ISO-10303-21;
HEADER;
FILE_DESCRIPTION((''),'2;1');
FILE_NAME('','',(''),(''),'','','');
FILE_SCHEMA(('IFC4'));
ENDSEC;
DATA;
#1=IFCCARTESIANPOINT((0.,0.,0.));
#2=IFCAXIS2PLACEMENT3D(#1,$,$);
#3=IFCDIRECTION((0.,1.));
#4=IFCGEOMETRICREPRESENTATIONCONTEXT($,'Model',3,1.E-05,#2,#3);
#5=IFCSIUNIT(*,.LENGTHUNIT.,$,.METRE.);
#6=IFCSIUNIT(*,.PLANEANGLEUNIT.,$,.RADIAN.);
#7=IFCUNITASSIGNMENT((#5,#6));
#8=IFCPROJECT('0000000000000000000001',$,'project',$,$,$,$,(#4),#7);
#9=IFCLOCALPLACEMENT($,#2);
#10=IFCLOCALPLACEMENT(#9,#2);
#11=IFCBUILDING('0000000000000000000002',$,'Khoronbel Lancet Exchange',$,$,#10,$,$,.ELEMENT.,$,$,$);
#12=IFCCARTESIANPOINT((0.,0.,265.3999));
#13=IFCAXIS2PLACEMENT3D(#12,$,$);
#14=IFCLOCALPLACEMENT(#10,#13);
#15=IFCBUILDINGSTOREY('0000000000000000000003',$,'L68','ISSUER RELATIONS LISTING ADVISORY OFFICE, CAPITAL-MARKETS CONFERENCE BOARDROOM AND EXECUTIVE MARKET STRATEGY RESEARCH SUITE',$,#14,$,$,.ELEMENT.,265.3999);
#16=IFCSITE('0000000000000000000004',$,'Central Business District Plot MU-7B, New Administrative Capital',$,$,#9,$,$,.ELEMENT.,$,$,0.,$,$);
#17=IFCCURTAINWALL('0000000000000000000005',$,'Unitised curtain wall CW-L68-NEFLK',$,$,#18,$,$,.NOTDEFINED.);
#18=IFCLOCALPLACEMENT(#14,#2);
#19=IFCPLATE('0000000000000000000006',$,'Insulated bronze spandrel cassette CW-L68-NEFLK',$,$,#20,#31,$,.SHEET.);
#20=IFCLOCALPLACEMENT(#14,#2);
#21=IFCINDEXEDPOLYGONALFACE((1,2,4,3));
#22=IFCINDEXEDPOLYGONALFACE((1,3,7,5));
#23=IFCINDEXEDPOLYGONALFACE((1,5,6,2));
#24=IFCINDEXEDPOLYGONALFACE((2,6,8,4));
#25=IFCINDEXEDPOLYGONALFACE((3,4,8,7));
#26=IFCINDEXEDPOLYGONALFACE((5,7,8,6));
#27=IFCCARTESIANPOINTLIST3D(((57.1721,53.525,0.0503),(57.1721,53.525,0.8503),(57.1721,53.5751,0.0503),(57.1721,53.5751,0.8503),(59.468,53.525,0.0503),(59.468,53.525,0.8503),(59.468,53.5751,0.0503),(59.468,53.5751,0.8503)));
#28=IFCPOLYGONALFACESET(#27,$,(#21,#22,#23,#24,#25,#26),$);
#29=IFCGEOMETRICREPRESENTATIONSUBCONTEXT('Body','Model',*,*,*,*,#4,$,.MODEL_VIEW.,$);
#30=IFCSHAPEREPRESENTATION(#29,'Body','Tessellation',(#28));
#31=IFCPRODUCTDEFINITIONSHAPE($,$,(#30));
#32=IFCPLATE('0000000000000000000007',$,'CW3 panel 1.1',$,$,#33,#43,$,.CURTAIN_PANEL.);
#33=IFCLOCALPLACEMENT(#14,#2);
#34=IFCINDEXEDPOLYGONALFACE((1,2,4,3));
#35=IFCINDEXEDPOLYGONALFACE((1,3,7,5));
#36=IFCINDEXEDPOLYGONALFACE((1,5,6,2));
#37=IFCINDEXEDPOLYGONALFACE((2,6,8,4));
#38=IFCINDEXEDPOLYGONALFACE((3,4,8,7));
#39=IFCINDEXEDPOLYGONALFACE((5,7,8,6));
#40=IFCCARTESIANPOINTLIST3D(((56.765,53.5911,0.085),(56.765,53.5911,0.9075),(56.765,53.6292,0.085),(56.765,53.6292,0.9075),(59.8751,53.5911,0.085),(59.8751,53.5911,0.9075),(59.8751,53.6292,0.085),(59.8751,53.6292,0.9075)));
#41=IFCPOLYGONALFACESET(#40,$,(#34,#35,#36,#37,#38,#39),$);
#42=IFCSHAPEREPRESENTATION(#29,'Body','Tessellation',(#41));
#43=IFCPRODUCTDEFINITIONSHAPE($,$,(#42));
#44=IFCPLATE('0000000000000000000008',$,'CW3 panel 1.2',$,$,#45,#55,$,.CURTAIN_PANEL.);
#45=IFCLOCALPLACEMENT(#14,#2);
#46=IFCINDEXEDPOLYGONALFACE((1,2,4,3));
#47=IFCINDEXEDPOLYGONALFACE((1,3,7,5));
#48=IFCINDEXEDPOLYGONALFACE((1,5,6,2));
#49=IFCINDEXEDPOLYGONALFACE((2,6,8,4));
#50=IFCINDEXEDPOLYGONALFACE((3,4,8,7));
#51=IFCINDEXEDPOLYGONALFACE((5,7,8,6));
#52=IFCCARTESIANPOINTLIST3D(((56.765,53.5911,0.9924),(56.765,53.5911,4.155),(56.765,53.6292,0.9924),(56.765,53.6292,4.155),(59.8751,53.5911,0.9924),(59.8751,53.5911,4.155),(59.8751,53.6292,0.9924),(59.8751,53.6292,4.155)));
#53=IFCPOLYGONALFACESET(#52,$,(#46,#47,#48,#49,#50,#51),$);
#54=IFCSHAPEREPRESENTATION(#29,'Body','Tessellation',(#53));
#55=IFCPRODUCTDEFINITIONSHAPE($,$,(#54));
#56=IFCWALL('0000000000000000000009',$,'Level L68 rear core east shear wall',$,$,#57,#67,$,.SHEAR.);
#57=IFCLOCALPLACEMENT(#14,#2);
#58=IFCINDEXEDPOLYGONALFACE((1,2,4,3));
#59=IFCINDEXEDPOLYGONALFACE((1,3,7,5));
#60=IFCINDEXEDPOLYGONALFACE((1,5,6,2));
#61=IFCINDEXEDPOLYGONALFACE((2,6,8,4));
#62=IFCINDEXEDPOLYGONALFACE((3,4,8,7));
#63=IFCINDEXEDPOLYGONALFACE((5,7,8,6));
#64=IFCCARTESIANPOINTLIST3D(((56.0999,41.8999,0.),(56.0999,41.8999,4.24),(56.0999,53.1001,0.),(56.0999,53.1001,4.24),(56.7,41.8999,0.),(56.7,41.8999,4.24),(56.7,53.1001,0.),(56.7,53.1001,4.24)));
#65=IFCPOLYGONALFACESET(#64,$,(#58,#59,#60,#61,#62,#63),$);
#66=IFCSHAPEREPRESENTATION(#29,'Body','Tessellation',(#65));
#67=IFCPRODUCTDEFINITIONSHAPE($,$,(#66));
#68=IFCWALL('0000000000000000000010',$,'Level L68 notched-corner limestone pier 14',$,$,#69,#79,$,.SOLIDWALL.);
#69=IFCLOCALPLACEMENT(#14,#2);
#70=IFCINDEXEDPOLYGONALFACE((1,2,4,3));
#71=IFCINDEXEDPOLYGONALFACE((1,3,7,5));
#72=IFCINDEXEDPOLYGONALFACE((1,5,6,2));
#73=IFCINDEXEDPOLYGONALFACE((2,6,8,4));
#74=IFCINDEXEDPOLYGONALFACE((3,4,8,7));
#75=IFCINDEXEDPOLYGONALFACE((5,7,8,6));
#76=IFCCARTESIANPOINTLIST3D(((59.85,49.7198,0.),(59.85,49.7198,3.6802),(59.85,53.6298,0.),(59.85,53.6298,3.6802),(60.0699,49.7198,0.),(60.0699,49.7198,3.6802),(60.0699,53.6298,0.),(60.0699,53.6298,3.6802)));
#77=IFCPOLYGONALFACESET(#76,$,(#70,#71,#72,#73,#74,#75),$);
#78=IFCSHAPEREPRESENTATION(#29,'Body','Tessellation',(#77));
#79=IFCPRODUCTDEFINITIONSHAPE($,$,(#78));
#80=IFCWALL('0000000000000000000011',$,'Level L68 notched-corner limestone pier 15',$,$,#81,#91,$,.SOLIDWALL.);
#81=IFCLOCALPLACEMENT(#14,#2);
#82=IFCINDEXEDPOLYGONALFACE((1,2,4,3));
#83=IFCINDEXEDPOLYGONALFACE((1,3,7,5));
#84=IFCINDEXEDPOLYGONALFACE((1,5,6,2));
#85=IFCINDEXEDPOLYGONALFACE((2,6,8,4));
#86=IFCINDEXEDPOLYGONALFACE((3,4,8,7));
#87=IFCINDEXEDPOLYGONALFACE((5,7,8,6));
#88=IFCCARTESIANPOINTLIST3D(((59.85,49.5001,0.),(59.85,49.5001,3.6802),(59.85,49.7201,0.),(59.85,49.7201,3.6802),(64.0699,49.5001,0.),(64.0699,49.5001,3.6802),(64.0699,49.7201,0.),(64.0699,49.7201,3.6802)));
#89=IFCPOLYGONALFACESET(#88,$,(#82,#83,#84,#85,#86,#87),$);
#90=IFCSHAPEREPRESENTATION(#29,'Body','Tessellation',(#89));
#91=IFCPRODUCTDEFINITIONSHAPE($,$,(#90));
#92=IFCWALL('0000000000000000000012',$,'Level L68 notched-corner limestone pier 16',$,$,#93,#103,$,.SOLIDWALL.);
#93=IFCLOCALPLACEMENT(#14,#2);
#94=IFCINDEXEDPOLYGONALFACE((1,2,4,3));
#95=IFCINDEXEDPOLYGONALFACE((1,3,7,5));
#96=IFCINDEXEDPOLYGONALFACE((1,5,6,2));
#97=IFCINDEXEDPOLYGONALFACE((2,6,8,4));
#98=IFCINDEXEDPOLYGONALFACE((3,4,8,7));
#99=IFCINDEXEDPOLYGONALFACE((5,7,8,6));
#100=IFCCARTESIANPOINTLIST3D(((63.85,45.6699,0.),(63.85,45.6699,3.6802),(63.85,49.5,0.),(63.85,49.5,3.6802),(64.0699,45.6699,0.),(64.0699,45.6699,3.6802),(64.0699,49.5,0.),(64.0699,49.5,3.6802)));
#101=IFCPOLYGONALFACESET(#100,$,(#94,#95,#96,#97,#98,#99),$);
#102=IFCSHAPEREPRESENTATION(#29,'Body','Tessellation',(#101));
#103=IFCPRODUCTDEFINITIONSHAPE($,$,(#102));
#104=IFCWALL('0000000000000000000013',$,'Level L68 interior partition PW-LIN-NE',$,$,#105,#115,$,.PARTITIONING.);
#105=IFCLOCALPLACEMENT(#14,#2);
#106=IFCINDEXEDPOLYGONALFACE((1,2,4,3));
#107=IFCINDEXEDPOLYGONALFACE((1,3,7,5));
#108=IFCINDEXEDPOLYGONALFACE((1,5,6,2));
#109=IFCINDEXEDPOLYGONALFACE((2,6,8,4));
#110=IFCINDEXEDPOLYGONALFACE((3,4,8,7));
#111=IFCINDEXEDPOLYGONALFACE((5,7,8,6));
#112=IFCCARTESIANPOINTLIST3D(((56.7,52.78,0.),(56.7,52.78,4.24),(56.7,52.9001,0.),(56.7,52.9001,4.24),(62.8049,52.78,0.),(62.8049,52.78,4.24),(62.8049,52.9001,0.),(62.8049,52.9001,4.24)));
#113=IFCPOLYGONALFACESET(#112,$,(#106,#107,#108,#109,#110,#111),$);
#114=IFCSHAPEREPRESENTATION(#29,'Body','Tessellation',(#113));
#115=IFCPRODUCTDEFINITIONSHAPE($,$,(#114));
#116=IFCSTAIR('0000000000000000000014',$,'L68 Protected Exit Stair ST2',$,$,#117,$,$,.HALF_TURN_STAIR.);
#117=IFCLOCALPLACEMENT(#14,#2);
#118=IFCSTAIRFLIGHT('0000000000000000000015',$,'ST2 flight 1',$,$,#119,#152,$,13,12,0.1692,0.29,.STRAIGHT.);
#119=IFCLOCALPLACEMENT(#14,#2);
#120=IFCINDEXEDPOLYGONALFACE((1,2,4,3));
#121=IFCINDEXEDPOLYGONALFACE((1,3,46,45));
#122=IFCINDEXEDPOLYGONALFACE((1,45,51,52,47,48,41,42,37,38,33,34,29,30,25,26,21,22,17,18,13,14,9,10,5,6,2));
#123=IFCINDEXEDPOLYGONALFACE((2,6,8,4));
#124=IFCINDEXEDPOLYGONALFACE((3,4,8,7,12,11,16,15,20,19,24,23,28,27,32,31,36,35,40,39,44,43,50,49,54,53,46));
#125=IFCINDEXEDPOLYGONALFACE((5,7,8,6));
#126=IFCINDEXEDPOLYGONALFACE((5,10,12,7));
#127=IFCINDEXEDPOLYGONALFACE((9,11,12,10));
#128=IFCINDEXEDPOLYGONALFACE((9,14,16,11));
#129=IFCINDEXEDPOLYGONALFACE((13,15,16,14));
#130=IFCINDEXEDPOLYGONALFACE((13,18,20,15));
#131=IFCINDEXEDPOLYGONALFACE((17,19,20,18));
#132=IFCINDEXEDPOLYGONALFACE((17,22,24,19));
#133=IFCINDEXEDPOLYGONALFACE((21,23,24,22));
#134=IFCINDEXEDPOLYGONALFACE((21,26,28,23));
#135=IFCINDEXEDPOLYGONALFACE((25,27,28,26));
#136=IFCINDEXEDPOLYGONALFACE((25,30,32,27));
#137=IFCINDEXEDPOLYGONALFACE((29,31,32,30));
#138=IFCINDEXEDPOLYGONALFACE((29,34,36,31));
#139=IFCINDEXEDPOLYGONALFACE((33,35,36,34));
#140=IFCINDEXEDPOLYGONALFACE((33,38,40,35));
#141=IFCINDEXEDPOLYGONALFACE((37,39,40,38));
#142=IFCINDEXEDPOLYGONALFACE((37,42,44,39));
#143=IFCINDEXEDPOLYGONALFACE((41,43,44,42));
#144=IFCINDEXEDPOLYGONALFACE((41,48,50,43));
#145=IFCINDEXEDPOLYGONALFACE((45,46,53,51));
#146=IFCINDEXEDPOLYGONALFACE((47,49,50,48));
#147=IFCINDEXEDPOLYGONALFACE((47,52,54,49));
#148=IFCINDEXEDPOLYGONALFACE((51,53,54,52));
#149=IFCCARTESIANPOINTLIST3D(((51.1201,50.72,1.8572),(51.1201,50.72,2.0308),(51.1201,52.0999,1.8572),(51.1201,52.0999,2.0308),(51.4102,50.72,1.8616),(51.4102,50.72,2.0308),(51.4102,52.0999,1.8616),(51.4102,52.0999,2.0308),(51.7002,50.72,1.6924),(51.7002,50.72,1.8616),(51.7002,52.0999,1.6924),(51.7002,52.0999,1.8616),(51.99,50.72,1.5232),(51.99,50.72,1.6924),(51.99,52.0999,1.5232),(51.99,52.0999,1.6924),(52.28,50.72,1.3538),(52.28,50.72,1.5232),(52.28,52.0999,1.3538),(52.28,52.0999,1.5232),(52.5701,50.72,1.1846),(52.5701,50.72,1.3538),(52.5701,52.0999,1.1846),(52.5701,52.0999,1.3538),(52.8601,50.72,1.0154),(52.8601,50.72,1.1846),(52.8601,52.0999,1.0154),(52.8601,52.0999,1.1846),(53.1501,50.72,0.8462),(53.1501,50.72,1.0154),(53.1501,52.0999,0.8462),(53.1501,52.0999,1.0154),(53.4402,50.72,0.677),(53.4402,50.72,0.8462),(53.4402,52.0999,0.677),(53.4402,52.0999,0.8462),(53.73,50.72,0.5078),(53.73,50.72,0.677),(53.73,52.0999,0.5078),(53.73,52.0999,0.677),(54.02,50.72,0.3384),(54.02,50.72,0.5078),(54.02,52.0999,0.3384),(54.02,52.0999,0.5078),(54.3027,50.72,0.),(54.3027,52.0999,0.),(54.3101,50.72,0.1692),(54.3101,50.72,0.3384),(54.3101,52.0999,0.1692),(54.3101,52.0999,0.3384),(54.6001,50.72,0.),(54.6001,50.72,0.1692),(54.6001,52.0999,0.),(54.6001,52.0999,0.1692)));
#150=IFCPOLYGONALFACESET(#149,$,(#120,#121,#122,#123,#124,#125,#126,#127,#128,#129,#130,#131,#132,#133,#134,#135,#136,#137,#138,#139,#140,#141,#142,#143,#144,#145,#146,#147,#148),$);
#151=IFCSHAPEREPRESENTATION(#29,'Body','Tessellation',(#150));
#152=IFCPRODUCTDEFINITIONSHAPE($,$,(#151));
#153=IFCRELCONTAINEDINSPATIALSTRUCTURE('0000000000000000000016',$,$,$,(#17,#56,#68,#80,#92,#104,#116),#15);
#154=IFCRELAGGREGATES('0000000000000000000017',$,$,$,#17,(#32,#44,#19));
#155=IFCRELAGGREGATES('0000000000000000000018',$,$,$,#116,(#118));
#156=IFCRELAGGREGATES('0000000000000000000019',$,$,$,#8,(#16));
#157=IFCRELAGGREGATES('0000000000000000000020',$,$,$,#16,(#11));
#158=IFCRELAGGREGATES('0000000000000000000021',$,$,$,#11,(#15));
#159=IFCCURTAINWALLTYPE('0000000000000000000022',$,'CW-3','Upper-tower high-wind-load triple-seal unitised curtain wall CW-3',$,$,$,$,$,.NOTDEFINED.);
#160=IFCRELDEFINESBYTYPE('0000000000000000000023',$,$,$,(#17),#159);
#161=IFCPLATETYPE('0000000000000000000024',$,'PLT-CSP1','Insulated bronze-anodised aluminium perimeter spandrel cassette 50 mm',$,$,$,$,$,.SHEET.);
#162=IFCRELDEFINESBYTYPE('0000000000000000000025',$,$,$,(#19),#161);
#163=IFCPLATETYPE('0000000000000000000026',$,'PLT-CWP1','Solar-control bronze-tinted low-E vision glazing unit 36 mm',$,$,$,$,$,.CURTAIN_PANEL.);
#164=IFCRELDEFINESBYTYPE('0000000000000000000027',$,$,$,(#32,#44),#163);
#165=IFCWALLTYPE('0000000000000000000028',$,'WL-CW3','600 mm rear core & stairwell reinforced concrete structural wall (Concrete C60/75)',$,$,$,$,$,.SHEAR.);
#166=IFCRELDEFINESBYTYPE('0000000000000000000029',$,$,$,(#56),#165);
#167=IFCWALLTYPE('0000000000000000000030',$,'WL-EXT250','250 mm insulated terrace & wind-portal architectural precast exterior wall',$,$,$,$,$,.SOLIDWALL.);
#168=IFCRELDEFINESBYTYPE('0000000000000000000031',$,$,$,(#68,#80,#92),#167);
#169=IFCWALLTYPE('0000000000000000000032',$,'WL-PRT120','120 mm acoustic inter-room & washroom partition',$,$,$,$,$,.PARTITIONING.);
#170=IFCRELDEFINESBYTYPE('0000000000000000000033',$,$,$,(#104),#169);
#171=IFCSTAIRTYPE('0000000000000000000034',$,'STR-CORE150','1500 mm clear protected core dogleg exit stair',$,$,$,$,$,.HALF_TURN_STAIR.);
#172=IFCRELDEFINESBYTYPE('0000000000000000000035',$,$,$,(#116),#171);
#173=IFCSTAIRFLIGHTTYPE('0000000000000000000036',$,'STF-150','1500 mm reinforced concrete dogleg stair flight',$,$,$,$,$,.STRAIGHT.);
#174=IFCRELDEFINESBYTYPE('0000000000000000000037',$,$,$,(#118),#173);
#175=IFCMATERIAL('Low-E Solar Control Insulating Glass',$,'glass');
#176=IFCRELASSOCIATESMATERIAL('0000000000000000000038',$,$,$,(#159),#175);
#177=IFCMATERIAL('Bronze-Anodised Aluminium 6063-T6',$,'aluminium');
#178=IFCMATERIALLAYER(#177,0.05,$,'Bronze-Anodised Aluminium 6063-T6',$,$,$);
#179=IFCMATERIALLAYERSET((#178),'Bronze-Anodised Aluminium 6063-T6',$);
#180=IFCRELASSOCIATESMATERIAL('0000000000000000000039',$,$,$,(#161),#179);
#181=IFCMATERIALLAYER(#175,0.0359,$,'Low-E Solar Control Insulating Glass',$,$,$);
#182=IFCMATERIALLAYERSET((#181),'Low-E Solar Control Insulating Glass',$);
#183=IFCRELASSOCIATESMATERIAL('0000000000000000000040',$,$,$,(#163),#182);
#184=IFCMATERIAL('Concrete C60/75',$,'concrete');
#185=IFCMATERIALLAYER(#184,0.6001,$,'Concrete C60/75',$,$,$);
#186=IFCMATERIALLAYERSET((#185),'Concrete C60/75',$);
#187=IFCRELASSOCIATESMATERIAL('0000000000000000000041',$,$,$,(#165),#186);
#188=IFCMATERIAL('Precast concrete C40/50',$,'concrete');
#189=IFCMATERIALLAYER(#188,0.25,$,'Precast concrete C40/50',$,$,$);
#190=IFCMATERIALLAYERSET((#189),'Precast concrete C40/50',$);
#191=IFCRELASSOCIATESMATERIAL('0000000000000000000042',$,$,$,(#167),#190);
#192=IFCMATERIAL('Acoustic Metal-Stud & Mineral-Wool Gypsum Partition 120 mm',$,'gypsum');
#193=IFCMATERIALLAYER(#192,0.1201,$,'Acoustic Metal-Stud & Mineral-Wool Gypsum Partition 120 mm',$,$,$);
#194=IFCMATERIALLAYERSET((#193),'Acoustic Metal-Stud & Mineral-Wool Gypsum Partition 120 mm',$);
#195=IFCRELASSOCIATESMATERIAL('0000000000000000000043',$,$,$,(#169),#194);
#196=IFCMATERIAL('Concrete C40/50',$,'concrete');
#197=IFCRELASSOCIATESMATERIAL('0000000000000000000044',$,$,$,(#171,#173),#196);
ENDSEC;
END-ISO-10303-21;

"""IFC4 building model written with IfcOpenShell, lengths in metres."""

from ifc_helpers import new_model, si_unit, direction, frame, frame_2d, origin, origin_2d, place, context, subcontext, project, spatial, polyline, rectangle, outline, extrude, material, layer, layer_set, type_object, element, aggregate, save


model = new_model("IFC4")

# Units and contexts
model_context = context("Model", 3, precision=1e-05, world=origin(), true_north=direction((0.0, 1.0)))
body_context = subcontext(model_context, "Body", "Model", "MODEL_VIEW")
ifc_project = project(units=[si_unit("LENGTHUNIT", "METRE"), si_unit("PLANEANGLEUNIT", "RADIAN")], contexts=[model_context])

# Site, building, storey
site_placement = place(None, origin())
site = spatial("IfcSite", under=ifc_project, at=site_placement, Name="Central Business District Plot MU-7B, New Administrative Capital", CompositionType="ELEMENT", RefElevation=0.0)
building_placement = place(site_placement, origin())
building = spatial("IfcBuilding", under=site, at=building_placement, Name="Khoronbel Lancet Exchange", CompositionType="ELEMENT")
storey_placement = place(building_placement, frame((0.0, 0.0, 265.3999)))
storey = spatial("IfcBuildingStorey", under=building, at=storey_placement, Name="L68", Description="ISSUER RELATIONS LISTING ADVISORY OFFICE, CAPITAL-MARKETS CONFERENCE BOARDROOM AND EXECUTIVE MARKET STRATEGY RESEARCH SUITE", CompositionType="ELEMENT", Elevation=265.3999)

# Curtain wall, plates
ifc_material_1 = material(Name="Low-E Solar Control Insulating Glass", Category="glass")
curtain_wall_type = type_object("IfcCurtainWallType", Name="CW-3", Description="Upper-tower high-wind-load triple-seal unitised curtain wall CW-3", PredefinedType="NOTDEFINED", material=ifc_material_1)
curtain_wall_placement = place(storey_placement, origin())
curtain_wall = element("IfcCurtainWall", 1, at=curtain_wall_placement, inside=storey, type_object=curtain_wall_type, Name="Unitised curtain wall CW-L68-NEFLK", PredefinedType="NOTDEFINED")
ifc_material_2 = material(Name="Bronze-Anodised Aluminium 6063-T6", Category="aluminium")
ifc_layer_1 = layer(ifc_material_2, 0.05, Name="Bronze-Anodised Aluminium 6063-T6")
ifc_layer_set_1 = layer_set([ifc_layer_1], Name="Bronze-Anodised Aluminium 6063-T6")
plate_type_1 = type_object("IfcPlateType", Name="PLT-CSP1", Description="Insulated bronze-anodised aluminium perimeter spandrel cassette 50 mm", PredefinedType="SHEET", material=ifc_layer_set_1)
plate_1_placement = place(storey_placement, frame((58.3201, 53.55, 0.0503), z_axis=(0.0, 0.0, 1.0), x_axis=(-1.0, 0.0, 0.0)))
plate_1 = element("IfcPlate", 2, at=plate_1_placement, type_object=plate_type_1, Name="Insulated bronze spandrel cassette CW-L68-NEFLK", PredefinedType="SHEET", context=body_context, shape_type="SweptSolid", body=[
    extrude(rectangle(XDim=2.2959, YDim=0.05, at=origin_2d()), origin(), (0.0, 0.0, 1.0), 0.8),
])
ifc_layer_2 = layer(ifc_material_1, 0.0359, Name="Low-E Solar Control Insulating Glass")
ifc_layer_set_2 = layer_set([ifc_layer_2], Name="Low-E Solar Control Insulating Glass")
plate_type_2 = type_object("IfcPlateType", Name="PLT-CWP1", Description="Solar-control bronze-tinted low-E vision glazing unit 36 mm", PredefinedType="CURTAIN_PANEL", material=ifc_layer_set_2)
plate_2_placement = place(storey_placement, frame((58.3201, 53.6101, 0.085), z_axis=(0.0, 0.0, 1.0), x_axis=(-1.0, 0.0, 0.0)))
plate_2 = element("IfcPlate", 3, at=plate_2_placement, type_object=plate_type_2, Name="CW3 panel 1.1", PredefinedType="CURTAIN_PANEL", context=body_context, shape_type="SweptSolid", body=[
    extrude(rectangle(XDim=3.1101, YDim=0.0381, at=origin_2d()), origin(), (0.0, 0.0, 1.0), 0.8225),
])
plate_3_placement = place(storey_placement, frame((58.3201, 53.6101, 0.9924), z_axis=(0.0, 0.0, 1.0), x_axis=(-1.0, 0.0, 0.0)))
plate_3 = element("IfcPlate", 4, at=plate_3_placement, type_object=plate_type_2, Name="CW3 panel 1.2", PredefinedType="CURTAIN_PANEL", context=body_context, shape_type="SweptSolid", body=[
    extrude(rectangle(XDim=3.1101, YDim=0.0381, at=origin_2d()), origin(), (0.0, 0.0, 1.0), 3.1626),
])
aggregate(curtain_wall, [plate_2, plate_3, plate_1])

# Walls
ifc_material_3 = material(Name="Concrete C60/75", Category="concrete")
ifc_layer_3 = layer(ifc_material_3, 0.6001, Name="Concrete C60/75")
ifc_layer_set_3 = layer_set([ifc_layer_3], Name="Concrete C60/75")
wall_type_1 = type_object("IfcWallType", Name="WL-CW3", Description="600 mm rear core & stairwell reinforced concrete structural wall (Concrete C60/75)", PredefinedType="SHEAR", material=ifc_layer_set_3)
wall_1_placement = place(storey_placement, frame((56.3999, 53.1001, 0.0), z_axis=(0.0, 0.0, 1.0), x_axis=(0.0, -1.0, 0.0)))
element("IfcWall", 5, at=wall_1_placement, inside=storey, type_object=wall_type_1, Name="Level L68 rear core east shear wall", PredefinedType="SHEAR", context=body_context, shape_type="SweptSolid", body=[
    extrude(rectangle(XDim=11.2002, YDim=0.6001, at=frame_2d((5.6001, 0.0))), origin(), (0.0, 0.0, 1.0), 4.24),
])
ifc_material_4 = material(Name="Precast concrete C40/50", Category="concrete")
ifc_layer_4 = layer(ifc_material_4, 0.25, Name="Precast concrete C40/50")
ifc_layer_set_4 = layer_set([ifc_layer_4], Name="Precast concrete C40/50")
wall_type_2 = type_object("IfcWallType", Name="WL-EXT250", Description="250 mm insulated terrace & wind-portal architectural precast exterior wall", PredefinedType="SOLIDWALL", material=ifc_layer_set_4)
wall_2_placement = place(storey_placement, frame((59.96, 53.6299, 0.0), z_axis=(0.0, 0.0, 1.0), x_axis=(0.0, -1.0, 0.0)))
element("IfcWall", 6, at=wall_2_placement, inside=storey, type_object=wall_type_2, Name="Level L68 notched-corner limestone pier 14", PredefinedType="SOLIDWALL", context=body_context, shape_type="SweptSolid", body=[
    extrude(rectangle(XDim=3.9099, YDim=0.22, at=frame_2d((1.9551, 0.0))), origin(), (0.0, 0.0, 1.0), 3.6802),
])
wall_3_placement = place(storey_placement, frame((59.8501, 49.6101, 0.0), z_axis=(0.0, 0.0, 1.0), x_axis=(1.0, 0.0, 0.0)))
element("IfcWall", 7, at=wall_3_placement, inside=storey, type_object=wall_type_2, Name="Level L68 notched-corner limestone pier 15", PredefinedType="SOLIDWALL", context=body_context, shape_type="SweptSolid", body=[
    extrude(rectangle(XDim=4.22, YDim=0.22, at=frame_2d((2.1099, 0.0))), origin(), (0.0, 0.0, 1.0), 3.6802),
])
wall_4_placement = place(storey_placement, frame((63.96, 49.5, 0.0), z_axis=(0.0, 0.0, 1.0), x_axis=(0.0, -1.0, 0.0)))
element("IfcWall", 8, at=wall_4_placement, inside=storey, type_object=wall_type_2, Name="Level L68 notched-corner limestone pier 16", PredefinedType="SOLIDWALL", context=body_context, shape_type="SweptSolid", body=[
    extrude(rectangle(XDim=3.8301, YDim=0.22, at=frame_2d((1.915, 0.0))), origin(), (0.0, 0.0, 1.0), 3.6802),
])
ifc_material_5 = material(Name="Acoustic Metal-Stud & Mineral-Wool Gypsum Partition 120 mm", Category="gypsum")
ifc_layer_5 = layer(ifc_material_5, 0.1201, Name="Acoustic Metal-Stud & Mineral-Wool Gypsum Partition 120 mm")
ifc_layer_set_5 = layer_set([ifc_layer_5], Name="Acoustic Metal-Stud & Mineral-Wool Gypsum Partition 120 mm")
wall_type_3 = type_object("IfcWallType", Name="WL-PRT120", Description="120 mm acoustic inter-room & washroom partition", PredefinedType="PARTITIONING", material=ifc_layer_set_5)
wall_5_placement = place(storey_placement, frame((56.7, 52.8401, 0.0), z_axis=(0.0, 0.0, 1.0), x_axis=(1.0, 0.0, 0.0)))
element("IfcWall", 9, at=wall_5_placement, inside=storey, type_object=wall_type_3, Name="Level L68 interior partition PW-LIN-NE", PredefinedType="PARTITIONING", context=body_context, shape_type="SweptSolid", body=[
    extrude(rectangle(XDim=6.105, YDim=0.1201, at=frame_2d((3.0525, 0.0))), origin(), (0.0, 0.0, 1.0), 4.24),
])

# Stair, stair flight
ifc_material_6 = material(Name="Concrete C40/50", Category="concrete")
stair_type = type_object("IfcStairType", Name="STR-CORE150", Description="1500 mm clear protected core dogleg exit stair", PredefinedType="HALF_TURN_STAIR", material=ifc_material_6)
stair_placement = place(storey_placement, origin())
stair = element("IfcStair", 10, at=stair_placement, inside=storey, type_object=stair_type, Name="L68 Protected Exit Stair ST2", PredefinedType="HALF_TURN_STAIR")
stair_flight_type = type_object("IfcStairFlightType", Name="STF-150", Description="1500 mm reinforced concrete dogleg stair flight", PredefinedType="STRAIGHT", material=ifc_material_6)
stair_flight_placement = place(storey_placement, frame((54.6001, 51.4099, 0.0), z_axis=(0.0, 0.0, 1.0), x_axis=(-1.0, 0.0, 0.0)))
stair_flight = element("IfcStairFlight", 11, at=stair_flight_placement, type_object=stair_flight_type, Name="ST2 flight 1", NumberOfRisers=13, NumberOfTreads=12, PredefinedType="STRAIGHT", RiserHeight=0.1692, TreadLength=0.29, context=body_context, shape_type="SweptSolid", body=[
    extrude(outline(polyline([(0.0, 0.0), (0.0, 0.1692), (0.29, 0.1692), (0.29, 0.3384), (0.5801, 0.3384), (0.5801, 0.5078), (0.8701, 0.5078), (0.8701, 0.677), (1.1599, 0.677), (1.1599, 0.8462), (1.45, 0.8462), (1.45, 1.0154), (1.74, 1.0154), (1.74, 1.1846), (2.03, 1.1846), (2.03, 1.3538), (2.3201, 1.3538), (2.3201, 1.5232), (2.6101, 1.5232), (2.6101, 1.6924), (2.8999, 1.6924), (2.8999, 1.8616), (3.1899, 1.8616), (3.1899, 2.0308), (3.48, 2.0308), (3.48, 2.2), (3.48, 1.8572), (0.2974, 0.0), (0.0, 0.0)])), frame((0.0, 0.6899, 0.0), z_axis=(0.0, -1.0, 0.0), x_axis=(1.0, 0.0, 0.0)), (0.0, 0.0, 1.0), 1.3799),
])
aggregate(stair, [stair_flight])

save(model, "model.ifc")
